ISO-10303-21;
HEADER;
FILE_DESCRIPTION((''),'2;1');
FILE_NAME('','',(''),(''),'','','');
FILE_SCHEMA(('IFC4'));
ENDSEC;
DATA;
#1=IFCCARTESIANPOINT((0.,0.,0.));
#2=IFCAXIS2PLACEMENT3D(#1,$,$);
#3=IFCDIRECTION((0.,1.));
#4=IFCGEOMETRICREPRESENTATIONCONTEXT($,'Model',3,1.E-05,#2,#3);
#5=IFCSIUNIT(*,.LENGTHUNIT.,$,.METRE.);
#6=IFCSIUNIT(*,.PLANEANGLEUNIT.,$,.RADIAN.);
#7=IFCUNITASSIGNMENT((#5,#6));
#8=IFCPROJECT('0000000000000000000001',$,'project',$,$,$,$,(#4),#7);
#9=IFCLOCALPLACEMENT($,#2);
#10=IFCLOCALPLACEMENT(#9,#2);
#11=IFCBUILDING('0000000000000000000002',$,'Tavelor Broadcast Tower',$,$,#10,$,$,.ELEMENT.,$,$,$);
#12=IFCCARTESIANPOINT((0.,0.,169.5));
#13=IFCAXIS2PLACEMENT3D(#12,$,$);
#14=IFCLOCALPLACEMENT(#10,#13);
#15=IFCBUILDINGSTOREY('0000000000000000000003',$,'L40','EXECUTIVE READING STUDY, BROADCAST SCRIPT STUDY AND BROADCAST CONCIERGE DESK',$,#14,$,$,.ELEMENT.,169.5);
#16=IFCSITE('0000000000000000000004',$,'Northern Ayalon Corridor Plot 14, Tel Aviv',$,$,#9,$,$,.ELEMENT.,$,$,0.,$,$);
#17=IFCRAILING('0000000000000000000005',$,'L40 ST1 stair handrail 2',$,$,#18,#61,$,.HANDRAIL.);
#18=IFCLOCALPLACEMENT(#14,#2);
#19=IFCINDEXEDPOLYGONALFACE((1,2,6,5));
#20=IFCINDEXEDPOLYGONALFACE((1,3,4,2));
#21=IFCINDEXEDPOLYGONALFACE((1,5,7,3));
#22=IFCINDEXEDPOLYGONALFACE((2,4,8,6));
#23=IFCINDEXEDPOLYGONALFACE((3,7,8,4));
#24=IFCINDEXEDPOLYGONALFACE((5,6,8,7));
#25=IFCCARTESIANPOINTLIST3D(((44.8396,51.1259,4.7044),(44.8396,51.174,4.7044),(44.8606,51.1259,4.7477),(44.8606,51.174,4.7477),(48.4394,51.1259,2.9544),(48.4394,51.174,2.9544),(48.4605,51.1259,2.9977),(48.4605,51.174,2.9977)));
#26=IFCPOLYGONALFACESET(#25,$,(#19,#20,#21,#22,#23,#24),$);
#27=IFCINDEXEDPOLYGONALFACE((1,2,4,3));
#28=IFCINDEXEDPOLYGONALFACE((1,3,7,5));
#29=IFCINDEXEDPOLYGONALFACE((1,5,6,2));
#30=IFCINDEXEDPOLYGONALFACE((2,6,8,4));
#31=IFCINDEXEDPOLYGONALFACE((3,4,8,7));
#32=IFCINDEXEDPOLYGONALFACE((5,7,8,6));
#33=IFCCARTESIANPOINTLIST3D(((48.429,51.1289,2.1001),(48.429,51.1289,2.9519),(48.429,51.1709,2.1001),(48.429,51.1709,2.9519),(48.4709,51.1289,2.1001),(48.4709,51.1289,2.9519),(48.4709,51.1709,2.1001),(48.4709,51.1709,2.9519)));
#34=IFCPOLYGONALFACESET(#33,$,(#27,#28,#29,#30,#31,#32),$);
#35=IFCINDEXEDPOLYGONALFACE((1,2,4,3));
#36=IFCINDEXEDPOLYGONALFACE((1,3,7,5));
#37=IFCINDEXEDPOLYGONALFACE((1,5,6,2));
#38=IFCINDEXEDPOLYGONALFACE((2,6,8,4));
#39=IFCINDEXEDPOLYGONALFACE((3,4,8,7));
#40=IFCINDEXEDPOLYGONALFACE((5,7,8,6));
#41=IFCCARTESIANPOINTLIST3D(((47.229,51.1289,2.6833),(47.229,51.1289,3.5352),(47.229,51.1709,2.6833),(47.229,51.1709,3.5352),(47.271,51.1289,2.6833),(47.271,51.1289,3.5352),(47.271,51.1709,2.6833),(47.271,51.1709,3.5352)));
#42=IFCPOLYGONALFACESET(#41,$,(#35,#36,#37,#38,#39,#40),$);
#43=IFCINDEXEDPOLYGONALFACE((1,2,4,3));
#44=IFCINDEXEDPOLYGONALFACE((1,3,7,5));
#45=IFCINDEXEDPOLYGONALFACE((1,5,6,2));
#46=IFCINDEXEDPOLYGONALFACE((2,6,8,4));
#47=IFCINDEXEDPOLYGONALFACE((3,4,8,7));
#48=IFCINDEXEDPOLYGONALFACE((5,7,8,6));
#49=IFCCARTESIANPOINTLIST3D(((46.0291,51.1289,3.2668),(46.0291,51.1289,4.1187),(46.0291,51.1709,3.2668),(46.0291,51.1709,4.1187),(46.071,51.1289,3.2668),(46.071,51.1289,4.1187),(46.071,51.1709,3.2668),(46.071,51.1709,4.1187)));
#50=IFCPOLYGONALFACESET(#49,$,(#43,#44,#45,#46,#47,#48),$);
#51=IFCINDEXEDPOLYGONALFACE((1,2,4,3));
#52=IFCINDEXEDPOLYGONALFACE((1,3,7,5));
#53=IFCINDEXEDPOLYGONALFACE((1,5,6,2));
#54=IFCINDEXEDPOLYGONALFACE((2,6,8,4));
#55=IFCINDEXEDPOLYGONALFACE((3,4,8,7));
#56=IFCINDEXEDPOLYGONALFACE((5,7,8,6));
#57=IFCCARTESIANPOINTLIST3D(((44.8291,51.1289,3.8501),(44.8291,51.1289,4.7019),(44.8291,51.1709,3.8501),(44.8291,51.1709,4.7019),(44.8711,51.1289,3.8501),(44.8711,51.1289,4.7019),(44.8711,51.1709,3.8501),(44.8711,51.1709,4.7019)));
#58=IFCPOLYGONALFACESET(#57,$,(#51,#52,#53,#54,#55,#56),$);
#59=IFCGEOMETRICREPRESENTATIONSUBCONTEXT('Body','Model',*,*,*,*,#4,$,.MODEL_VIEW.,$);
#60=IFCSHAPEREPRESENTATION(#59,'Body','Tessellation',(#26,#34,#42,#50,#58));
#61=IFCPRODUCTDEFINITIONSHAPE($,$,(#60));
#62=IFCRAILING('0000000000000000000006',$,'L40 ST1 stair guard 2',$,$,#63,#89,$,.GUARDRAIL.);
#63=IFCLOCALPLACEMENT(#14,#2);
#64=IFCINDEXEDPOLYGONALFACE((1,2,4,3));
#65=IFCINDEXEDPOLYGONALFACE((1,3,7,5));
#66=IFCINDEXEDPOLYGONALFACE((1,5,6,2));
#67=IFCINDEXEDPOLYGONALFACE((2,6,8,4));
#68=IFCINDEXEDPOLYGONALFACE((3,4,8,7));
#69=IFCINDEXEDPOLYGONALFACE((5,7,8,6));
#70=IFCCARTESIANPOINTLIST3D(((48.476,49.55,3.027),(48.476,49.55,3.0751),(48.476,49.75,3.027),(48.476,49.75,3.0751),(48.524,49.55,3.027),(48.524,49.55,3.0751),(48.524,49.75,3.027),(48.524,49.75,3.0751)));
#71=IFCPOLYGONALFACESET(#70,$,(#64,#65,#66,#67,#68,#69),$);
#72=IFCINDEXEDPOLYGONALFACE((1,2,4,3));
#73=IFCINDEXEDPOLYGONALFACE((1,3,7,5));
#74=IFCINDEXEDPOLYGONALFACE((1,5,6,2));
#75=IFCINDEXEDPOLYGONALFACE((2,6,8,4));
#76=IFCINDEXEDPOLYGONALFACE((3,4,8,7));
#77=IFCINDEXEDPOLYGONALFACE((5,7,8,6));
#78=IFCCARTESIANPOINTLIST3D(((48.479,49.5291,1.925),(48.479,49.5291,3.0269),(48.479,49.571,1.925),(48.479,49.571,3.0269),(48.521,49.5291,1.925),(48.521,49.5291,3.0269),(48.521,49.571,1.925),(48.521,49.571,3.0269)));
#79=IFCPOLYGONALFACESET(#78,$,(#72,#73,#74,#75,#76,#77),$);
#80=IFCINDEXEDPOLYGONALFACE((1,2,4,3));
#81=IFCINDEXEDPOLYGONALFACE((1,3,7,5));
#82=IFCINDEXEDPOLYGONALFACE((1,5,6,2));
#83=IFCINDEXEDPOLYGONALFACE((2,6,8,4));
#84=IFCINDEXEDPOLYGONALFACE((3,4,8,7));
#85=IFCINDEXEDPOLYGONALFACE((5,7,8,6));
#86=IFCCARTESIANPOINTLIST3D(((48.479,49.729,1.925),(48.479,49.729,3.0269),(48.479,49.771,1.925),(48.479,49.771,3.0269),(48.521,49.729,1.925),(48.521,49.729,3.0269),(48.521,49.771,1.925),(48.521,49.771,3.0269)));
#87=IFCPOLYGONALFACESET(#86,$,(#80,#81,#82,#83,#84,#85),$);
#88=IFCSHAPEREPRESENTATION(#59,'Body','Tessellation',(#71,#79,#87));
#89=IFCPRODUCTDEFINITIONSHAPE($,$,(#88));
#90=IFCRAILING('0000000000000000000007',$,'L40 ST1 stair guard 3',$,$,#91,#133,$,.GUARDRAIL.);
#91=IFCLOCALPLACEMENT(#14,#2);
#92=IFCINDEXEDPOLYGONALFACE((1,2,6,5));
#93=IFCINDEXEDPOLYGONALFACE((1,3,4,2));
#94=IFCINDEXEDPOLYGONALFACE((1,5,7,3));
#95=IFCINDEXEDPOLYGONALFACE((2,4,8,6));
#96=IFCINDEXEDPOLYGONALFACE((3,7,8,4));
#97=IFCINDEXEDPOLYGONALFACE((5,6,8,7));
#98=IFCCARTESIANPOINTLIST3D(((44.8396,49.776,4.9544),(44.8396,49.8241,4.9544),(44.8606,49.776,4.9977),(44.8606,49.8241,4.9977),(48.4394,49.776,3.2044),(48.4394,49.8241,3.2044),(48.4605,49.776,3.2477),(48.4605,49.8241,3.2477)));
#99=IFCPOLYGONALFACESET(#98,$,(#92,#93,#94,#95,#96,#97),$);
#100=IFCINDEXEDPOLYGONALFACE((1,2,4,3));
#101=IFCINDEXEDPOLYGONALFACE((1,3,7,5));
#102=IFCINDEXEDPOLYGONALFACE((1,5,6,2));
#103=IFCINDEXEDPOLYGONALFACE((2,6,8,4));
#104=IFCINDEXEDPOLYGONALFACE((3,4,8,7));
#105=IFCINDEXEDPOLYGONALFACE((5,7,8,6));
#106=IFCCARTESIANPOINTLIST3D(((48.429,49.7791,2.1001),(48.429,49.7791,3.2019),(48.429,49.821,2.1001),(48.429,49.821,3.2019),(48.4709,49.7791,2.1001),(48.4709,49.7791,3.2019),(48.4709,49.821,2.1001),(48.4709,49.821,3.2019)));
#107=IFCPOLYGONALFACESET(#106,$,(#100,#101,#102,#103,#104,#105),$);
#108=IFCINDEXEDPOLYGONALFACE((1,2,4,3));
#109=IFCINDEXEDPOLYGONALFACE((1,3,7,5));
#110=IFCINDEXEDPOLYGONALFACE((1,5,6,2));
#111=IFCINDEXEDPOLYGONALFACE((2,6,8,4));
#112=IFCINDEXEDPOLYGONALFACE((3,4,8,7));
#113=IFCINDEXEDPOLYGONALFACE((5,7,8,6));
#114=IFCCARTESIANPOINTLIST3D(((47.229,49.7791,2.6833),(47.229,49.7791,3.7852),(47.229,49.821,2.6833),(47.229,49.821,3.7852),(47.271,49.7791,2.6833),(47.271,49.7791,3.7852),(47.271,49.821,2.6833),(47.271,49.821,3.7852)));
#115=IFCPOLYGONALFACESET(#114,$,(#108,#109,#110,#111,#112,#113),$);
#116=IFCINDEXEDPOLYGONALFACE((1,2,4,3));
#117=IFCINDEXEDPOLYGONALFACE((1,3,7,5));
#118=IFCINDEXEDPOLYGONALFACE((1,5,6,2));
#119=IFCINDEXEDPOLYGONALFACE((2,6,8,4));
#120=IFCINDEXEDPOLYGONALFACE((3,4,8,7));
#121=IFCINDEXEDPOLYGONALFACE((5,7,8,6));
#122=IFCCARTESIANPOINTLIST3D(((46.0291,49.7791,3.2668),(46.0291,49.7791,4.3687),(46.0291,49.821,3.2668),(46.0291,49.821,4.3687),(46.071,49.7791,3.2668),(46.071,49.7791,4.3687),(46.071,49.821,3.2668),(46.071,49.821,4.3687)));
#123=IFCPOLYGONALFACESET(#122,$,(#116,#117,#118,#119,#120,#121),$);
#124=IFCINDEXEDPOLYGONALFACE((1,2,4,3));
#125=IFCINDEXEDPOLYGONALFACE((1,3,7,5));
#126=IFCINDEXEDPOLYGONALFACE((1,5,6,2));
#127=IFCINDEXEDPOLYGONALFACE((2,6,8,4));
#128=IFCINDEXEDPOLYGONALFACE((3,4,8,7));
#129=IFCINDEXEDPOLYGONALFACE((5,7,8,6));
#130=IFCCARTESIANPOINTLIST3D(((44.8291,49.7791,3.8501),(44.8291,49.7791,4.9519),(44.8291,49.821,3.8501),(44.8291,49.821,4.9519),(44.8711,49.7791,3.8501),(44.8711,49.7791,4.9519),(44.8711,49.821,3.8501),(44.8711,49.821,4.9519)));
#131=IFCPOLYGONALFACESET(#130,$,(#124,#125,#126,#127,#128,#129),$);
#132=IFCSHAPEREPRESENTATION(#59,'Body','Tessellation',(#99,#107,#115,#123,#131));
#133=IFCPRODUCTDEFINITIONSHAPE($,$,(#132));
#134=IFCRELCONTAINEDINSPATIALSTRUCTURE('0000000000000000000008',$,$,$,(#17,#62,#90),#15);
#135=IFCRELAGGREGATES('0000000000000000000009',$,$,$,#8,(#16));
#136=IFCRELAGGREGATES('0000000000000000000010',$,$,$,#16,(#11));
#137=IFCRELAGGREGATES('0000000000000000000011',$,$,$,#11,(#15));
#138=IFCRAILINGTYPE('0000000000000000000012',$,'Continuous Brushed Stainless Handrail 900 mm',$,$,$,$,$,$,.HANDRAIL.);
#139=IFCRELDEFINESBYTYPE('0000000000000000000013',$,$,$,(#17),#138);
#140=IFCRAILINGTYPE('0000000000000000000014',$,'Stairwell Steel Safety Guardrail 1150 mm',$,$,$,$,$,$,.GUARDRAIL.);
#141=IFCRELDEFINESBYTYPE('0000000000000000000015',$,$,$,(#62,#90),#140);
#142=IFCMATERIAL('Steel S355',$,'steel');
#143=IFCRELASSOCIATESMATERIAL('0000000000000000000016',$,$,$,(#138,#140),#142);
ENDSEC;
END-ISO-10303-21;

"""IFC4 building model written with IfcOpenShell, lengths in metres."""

from ifc_helpers import new_model, si_unit, direction, frame, origin, origin_2d, place, context, subcontext, project, spatial, rectangle, extrude, material, type_object, element, save


model = new_model("IFC4")

# Units and contexts
model_context = context("Model", 3, precision=1e-05, world=origin(), true_north=direction((0.0, 1.0)))
body_context = subcontext(model_context, "Body", "Model", "MODEL_VIEW")
ifc_project = project(units=[si_unit("LENGTHUNIT", "METRE"), si_unit("PLANEANGLEUNIT", "RADIAN")], contexts=[model_context])

# Site, building, storey
site_placement = place(None, origin())
site = spatial("IfcSite", under=ifc_project, at=site_placement, Name="Northern Ayalon Corridor Plot 14, Tel Aviv", CompositionType="ELEMENT", RefElevation=0.0)
building_placement = place(site_placement, origin())
building = spatial("IfcBuilding", under=site, at=building_placement, Name="Tavelor Broadcast Tower", CompositionType="ELEMENT")
storey_placement = place(building_placement, frame((0.0, 0.0, 169.5)))
storey = spatial("IfcBuildingStorey", under=building, at=storey_placement, Name="L40", Description="EXECUTIVE READING STUDY, BROADCAST SCRIPT STUDY AND BROADCAST CONCIERGE DESK", CompositionType="ELEMENT", Elevation=169.5)

# Shared definitions
ifc_material_1 = material(Name="Steel S355", Category="steel")

# Railings
railing_type_1 = type_object("IfcRailingType", Name="Continuous Brushed Stainless Handrail 900 mm", PredefinedType="HANDRAIL", material=ifc_material_1)
railing_1_placement = place(storey_placement, frame((48.45, 51.1499, 2.1001)))
element("IfcRailing", 1, at=railing_1_placement, inside=storey, type_object=railing_type_1, Name="L40 ST1 stair handrail 2", PredefinedType="HANDRAIL", context=body_context, shape_type="SweptSolid", body=[
    extrude(rectangle(XDim=0.0481, YDim=0.0481, at=origin_2d()), frame((0.0, 0.0, 0.876), z_axis=(-0.899361, 0.0, 0.437207), x_axis=(0.0, -1.0, 0.0)), (0.0, 0.0, 1.0), 4.0027),
    extrude(rectangle(XDim=0.042, YDim=0.042, at=origin_2d()), origin(), (0.0, 0.0, 1.0), 0.8518),
    extrude(rectangle(XDim=0.042, YDim=0.042, at=origin_2d()), frame((-1.2, 0.0, 0.5833)), (0.0, 0.0, 1.0), 0.8518),
    extrude(rectangle(XDim=0.042, YDim=0.042, at=origin_2d()), frame((-2.3999, 0.0, 1.1667)), (0.0, 0.0, 1.0), 0.8518),
    extrude(rectangle(XDim=0.042, YDim=0.042, at=origin_2d()), frame((-3.5999, 0.0, 1.75)), (0.0, 0.0, 1.0), 0.8518),
])
railing_type_2 = type_object("IfcRailingType", Name="Stairwell Steel Safety Guardrail 1150 mm", PredefinedType="GUARDRAIL", material=ifc_material_1)
railing_2_placement = place(storey_placement, frame((48.5, 49.55, 1.925)))
element("IfcRailing", 2, at=railing_2_placement, inside=storey, type_object=railing_type_2, Name="L40 ST1 stair guard 2", PredefinedType="GUARDRAIL", context=body_context, shape_type="SweptSolid", body=[
    extrude(rectangle(XDim=0.0481, YDim=0.0481, at=origin_2d()), frame((0.0, 0.0, 1.126), z_axis=(0.0, 1.0, 0.0), x_axis=(-1.0, 0.0, 0.0)), (0.0, 0.0, 1.0), 0.2),
    extrude(rectangle(XDim=0.042, YDim=0.042, at=origin_2d()), origin(), (0.0, 0.0, 1.0), 1.1018),
    extrude(rectangle(XDim=0.042, YDim=0.042, at=origin_2d()), frame((0.0, 0.2, 0.0)), (0.0, 0.0, 1.0), 1.1018),
])
railing_3_placement = place(storey_placement, frame((48.45, 49.8, 2.1001)))
element("IfcRailing", 3, at=railing_3_placement, inside=storey, type_object=railing_type_2, Name="L40 ST1 stair guard 3", PredefinedType="GUARDRAIL", context=body_context, shape_type="SweptSolid", body=[
    extrude(rectangle(XDim=0.0481, YDim=0.0481, at=origin_2d()), frame((0.0, 0.0, 1.126), z_axis=(-0.899361, 0.0, 0.437207), x_axis=(0.0, -1.0, 0.0)), (0.0, 0.0, 1.0), 4.0027),
    extrude(rectangle(XDim=0.042, YDim=0.042, at=origin_2d()), origin(), (0.0, 0.0, 1.0), 1.1018),
    extrude(rectangle(XDim=0.042, YDim=0.042, at=origin_2d()), frame((-1.2, 0.0, 0.5833)), (0.0, 0.0, 1.0), 1.1018),
    extrude(rectangle(XDim=0.042, YDim=0.042, at=origin_2d()), frame((-2.3999, 0.0, 1.1667)), (0.0, 0.0, 1.0), 1.1018),
    extrude(rectangle(XDim=0.042, YDim=0.042, at=origin_2d()), frame((-3.5999, 0.0, 1.75)), (0.0, 0.0, 1.0), 1.1018),
])

save(model, "model.ifc")
